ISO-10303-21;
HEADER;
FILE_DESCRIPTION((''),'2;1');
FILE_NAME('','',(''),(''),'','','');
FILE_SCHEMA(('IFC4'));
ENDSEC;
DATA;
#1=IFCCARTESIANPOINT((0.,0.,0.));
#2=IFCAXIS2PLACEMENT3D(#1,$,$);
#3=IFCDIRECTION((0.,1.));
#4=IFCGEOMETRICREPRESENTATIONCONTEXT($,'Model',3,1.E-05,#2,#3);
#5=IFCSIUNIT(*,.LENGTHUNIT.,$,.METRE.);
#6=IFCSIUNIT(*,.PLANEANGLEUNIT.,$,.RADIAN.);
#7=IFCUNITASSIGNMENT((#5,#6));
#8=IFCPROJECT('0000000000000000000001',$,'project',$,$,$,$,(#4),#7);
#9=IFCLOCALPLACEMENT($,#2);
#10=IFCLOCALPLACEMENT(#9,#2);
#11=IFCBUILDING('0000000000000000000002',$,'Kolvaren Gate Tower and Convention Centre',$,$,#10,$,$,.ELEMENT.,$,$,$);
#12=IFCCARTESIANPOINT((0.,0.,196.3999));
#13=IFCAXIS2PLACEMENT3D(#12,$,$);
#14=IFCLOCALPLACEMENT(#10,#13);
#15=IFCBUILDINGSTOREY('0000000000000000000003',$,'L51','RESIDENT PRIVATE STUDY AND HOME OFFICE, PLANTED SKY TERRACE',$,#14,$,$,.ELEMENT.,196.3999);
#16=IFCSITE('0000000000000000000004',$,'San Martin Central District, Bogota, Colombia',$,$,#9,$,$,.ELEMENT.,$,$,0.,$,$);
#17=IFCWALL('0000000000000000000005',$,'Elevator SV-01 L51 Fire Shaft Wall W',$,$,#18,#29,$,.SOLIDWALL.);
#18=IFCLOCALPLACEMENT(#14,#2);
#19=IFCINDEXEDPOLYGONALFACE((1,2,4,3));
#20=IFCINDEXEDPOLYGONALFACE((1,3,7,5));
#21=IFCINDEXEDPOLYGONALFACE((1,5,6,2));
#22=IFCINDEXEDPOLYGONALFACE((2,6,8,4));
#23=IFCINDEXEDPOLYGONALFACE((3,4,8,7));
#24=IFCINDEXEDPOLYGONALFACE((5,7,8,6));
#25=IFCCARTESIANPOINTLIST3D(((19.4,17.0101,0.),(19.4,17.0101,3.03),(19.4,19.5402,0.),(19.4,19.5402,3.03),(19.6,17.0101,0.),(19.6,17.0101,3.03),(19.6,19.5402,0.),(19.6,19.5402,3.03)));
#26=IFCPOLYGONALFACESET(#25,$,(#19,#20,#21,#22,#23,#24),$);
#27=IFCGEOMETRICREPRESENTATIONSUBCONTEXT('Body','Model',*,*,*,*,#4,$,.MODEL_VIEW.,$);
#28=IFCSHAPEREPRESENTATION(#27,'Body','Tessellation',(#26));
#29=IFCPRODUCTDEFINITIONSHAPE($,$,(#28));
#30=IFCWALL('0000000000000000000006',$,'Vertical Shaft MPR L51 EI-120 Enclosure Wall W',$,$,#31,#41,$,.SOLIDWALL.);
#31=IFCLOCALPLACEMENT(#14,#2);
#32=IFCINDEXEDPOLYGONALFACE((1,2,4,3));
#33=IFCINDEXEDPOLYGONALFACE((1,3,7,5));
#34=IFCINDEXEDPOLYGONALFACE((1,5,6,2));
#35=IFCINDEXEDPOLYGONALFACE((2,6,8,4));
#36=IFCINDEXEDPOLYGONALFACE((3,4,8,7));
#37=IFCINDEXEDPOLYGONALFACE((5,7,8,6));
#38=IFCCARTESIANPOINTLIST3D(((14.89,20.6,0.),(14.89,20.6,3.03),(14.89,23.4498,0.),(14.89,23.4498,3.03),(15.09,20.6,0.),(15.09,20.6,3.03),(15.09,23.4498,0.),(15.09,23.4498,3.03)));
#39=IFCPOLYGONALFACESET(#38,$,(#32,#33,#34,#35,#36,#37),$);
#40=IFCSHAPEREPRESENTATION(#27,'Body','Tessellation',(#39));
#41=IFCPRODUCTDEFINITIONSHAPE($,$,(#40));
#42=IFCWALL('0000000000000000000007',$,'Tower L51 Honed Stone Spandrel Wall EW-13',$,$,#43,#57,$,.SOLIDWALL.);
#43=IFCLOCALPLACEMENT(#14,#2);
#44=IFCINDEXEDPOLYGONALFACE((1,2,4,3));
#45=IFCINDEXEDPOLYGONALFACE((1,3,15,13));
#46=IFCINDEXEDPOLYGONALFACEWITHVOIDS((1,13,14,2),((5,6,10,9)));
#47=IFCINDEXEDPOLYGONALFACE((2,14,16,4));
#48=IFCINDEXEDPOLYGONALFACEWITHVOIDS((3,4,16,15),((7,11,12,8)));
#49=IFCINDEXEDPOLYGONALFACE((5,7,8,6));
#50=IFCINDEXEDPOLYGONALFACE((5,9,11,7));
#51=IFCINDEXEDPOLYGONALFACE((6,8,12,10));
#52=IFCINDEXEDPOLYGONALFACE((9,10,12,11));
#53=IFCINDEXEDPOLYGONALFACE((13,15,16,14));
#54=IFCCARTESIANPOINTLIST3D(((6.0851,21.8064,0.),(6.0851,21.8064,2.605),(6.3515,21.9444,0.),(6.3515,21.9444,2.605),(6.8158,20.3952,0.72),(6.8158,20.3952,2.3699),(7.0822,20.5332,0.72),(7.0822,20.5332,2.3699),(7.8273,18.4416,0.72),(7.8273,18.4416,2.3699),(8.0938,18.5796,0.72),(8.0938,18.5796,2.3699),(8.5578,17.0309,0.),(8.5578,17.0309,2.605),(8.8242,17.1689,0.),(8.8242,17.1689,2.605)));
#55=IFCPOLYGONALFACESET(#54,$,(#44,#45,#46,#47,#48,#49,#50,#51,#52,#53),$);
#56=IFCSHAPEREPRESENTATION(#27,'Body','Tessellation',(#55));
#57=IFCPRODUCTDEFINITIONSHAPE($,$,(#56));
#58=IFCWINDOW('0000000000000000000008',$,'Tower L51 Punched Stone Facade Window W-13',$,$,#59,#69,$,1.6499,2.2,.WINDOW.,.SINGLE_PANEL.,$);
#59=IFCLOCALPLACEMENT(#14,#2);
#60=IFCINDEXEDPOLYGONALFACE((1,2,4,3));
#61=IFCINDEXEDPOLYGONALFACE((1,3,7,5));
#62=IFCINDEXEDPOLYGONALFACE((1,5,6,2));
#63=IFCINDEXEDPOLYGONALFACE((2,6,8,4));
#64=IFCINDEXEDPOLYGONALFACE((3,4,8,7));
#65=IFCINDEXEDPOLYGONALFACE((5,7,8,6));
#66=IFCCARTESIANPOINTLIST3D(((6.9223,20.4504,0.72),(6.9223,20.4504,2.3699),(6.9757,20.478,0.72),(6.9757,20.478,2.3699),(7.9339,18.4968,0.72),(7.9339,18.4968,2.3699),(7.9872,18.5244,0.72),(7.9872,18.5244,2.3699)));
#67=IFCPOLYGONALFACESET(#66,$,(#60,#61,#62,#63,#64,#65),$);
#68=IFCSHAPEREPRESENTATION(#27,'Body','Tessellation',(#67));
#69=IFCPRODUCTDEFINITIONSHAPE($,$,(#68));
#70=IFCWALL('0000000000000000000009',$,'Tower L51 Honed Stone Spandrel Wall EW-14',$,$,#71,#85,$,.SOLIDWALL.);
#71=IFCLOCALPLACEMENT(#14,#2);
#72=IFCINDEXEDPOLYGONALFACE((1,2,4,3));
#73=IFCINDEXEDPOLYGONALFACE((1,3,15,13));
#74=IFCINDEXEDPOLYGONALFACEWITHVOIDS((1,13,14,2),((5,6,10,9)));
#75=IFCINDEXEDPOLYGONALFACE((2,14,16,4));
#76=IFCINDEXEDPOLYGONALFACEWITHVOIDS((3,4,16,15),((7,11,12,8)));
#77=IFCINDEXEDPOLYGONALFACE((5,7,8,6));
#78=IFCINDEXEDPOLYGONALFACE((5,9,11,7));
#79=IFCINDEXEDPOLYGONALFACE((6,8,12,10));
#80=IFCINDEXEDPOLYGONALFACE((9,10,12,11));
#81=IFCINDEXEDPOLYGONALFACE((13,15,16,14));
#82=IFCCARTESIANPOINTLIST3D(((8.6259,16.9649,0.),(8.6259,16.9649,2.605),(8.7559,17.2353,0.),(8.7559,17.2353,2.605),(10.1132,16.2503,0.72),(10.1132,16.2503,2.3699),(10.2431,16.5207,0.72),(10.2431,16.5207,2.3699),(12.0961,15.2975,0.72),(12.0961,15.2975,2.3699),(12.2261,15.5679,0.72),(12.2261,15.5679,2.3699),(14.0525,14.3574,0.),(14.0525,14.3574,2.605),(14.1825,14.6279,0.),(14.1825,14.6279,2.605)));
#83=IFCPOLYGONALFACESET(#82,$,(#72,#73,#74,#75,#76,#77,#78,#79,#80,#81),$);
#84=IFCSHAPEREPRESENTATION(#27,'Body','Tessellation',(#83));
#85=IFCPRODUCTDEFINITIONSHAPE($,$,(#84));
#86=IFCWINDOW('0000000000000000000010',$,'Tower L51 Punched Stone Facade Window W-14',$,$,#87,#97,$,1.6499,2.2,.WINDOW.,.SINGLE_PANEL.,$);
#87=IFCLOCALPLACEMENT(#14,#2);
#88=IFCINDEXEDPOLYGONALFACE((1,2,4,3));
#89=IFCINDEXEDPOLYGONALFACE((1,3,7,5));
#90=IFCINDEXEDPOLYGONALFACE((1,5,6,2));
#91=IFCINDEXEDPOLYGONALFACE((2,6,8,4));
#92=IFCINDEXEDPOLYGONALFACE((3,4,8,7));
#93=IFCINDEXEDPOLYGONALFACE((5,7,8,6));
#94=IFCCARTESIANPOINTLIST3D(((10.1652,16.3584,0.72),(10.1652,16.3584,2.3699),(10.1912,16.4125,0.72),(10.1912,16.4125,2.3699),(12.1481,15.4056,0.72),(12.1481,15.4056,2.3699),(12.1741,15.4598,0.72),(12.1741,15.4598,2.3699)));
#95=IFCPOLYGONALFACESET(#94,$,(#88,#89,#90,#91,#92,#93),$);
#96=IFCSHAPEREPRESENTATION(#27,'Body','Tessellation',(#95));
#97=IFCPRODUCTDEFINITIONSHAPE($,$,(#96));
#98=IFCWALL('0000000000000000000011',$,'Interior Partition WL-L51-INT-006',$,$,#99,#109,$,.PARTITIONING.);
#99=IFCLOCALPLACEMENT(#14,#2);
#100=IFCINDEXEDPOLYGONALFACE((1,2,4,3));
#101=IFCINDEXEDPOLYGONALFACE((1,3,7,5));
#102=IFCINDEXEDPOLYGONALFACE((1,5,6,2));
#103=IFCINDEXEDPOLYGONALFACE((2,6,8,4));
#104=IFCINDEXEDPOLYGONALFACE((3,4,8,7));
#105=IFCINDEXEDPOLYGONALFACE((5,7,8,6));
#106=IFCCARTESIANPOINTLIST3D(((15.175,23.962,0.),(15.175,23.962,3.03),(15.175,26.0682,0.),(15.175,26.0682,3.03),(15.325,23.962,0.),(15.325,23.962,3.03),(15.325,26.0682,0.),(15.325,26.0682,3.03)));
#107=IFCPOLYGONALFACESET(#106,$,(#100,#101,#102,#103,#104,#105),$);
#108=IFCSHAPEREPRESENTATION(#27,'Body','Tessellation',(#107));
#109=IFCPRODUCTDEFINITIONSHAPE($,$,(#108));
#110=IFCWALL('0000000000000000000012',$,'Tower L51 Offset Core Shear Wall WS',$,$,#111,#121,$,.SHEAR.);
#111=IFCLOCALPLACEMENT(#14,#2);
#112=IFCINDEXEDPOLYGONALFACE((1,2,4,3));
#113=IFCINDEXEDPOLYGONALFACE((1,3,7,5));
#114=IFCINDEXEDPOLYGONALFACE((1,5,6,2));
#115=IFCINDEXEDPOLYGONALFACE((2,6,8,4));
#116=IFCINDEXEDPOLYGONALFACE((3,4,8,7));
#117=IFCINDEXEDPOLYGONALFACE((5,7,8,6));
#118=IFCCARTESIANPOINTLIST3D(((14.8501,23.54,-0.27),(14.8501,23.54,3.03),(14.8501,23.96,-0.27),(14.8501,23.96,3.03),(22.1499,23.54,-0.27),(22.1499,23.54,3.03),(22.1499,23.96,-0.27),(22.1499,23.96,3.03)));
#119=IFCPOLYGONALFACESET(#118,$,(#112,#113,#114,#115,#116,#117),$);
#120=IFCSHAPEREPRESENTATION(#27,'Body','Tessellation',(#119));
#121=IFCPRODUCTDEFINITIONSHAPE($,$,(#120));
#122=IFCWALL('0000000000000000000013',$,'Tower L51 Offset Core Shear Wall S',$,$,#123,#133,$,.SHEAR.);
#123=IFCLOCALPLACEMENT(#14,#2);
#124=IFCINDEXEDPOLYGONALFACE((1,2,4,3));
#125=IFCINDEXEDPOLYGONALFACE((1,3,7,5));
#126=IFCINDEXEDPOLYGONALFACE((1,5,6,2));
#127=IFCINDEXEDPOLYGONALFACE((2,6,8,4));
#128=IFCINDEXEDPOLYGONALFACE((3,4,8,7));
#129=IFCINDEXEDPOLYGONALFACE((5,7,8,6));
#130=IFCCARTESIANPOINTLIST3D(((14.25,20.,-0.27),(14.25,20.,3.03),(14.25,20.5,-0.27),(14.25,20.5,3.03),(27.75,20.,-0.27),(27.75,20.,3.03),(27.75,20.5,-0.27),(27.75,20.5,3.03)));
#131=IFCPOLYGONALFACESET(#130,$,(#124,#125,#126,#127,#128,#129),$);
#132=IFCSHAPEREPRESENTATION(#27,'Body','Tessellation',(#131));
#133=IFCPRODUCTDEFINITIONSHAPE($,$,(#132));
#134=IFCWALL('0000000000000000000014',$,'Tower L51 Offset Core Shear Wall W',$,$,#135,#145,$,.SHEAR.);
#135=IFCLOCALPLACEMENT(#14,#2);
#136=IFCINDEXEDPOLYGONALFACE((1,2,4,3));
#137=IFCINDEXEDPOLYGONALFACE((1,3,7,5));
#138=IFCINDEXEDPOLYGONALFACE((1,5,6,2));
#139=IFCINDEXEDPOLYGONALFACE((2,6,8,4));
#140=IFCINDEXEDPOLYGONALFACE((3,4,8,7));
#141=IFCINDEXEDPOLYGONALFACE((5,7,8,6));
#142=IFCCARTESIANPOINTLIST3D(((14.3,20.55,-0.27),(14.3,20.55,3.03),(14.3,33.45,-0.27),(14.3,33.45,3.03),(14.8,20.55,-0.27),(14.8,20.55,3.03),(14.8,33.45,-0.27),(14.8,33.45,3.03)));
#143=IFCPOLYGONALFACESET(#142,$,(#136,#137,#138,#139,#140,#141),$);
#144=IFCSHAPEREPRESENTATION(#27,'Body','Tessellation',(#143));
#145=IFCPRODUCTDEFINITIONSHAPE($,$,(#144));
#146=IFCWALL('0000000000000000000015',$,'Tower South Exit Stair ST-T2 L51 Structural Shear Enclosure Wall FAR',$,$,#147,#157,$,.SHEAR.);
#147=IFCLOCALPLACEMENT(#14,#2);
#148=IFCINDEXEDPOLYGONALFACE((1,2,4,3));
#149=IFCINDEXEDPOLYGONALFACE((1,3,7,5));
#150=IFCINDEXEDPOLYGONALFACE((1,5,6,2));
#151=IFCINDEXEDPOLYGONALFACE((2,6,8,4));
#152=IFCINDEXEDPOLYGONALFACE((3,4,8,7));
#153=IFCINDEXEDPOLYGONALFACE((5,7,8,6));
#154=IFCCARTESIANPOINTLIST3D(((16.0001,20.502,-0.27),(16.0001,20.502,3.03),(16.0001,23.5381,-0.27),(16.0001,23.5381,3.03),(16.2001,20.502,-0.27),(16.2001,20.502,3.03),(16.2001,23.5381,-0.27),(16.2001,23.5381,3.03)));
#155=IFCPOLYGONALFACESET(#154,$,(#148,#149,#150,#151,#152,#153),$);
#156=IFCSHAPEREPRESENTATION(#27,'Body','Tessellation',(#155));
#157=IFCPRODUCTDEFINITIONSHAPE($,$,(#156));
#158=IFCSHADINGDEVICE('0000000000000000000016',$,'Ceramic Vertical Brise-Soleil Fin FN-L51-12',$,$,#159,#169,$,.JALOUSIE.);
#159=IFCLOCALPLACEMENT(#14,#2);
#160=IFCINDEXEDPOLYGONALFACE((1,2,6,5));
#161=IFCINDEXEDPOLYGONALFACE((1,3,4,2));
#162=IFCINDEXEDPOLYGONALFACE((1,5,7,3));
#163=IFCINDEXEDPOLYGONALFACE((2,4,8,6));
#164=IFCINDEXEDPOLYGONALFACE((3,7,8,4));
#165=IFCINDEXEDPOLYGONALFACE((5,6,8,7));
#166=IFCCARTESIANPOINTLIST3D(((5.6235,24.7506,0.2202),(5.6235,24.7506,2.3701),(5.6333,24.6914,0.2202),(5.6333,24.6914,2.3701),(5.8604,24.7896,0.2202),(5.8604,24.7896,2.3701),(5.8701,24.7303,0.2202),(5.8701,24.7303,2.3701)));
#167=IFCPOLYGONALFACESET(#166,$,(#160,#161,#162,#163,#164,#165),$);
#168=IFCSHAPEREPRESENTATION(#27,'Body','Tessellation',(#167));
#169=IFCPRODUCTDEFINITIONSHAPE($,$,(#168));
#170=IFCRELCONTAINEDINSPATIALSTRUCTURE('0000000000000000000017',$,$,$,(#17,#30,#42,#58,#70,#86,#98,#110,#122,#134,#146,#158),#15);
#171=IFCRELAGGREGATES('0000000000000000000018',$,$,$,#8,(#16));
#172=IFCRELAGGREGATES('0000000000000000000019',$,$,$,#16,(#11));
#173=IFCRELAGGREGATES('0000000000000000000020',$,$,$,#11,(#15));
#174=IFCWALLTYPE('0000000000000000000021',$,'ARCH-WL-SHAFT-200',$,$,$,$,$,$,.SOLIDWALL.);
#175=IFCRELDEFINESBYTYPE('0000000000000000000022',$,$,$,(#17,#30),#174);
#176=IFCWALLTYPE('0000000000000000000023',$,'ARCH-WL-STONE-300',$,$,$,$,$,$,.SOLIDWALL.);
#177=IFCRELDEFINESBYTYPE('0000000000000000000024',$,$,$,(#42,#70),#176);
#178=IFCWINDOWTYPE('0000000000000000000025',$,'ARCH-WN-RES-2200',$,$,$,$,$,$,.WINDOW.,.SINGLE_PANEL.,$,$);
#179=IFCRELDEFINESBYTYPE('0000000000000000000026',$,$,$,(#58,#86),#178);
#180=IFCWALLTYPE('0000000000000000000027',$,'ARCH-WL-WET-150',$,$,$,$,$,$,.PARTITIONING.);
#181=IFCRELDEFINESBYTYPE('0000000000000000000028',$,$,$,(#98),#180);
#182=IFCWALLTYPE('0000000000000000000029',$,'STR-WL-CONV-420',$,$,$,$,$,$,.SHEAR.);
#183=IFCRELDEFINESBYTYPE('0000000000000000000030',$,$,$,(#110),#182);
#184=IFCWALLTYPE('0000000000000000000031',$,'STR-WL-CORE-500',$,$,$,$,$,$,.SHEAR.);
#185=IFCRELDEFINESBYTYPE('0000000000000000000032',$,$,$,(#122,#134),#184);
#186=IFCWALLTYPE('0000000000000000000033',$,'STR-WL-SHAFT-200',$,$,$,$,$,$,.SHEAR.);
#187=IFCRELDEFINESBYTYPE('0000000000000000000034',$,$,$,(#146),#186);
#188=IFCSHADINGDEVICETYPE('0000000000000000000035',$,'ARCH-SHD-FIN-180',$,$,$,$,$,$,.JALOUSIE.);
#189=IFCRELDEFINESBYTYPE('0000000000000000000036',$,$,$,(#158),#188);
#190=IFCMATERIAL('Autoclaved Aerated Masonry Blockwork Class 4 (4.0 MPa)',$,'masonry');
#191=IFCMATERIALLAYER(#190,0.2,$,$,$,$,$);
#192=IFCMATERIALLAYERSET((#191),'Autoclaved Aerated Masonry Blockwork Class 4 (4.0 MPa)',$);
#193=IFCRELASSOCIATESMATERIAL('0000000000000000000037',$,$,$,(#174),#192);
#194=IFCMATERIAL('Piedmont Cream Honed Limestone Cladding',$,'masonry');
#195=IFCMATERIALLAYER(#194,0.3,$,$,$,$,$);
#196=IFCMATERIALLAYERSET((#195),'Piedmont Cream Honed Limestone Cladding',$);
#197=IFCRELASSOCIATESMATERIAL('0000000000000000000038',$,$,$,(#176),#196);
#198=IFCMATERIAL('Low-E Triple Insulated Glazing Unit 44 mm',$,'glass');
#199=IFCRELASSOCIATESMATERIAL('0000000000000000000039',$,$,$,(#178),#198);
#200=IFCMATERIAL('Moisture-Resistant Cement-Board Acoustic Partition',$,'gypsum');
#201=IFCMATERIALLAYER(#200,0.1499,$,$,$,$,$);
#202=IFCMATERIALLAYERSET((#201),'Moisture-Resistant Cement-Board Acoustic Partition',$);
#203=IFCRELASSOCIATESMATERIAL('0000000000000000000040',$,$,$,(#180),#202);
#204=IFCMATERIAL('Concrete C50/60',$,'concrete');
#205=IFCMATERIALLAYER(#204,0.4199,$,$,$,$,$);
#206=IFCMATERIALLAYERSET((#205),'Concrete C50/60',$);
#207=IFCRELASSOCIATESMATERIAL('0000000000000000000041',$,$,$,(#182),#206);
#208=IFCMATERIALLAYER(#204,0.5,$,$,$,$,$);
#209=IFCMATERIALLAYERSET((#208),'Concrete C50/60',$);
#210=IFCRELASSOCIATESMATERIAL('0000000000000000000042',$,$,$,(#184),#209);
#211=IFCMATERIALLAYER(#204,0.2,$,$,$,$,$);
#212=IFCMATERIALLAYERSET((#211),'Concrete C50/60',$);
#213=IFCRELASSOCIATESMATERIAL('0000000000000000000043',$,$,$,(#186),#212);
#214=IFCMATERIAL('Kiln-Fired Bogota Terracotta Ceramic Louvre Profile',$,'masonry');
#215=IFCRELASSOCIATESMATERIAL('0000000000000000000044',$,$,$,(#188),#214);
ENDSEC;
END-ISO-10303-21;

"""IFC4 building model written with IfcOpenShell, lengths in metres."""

from ifc_helpers import new_model, si_unit, direction, frame, frame_2d, origin, origin_2d, place, context, subcontext, project, spatial, rectangle, extrude, material, layer, layer_set, type_object, element, fill, save


model = new_model("IFC4")

# Units and contexts
model_context = context("Model", 3, precision=1e-05, world=origin(), true_north=direction((0.0, 1.0)))
body_context = subcontext(model_context, "Body", "Model", "MODEL_VIEW")
ifc_project = project(units=[si_unit("LENGTHUNIT", "METRE"), si_unit("PLANEANGLEUNIT", "RADIAN")], contexts=[model_context])

# Site, building, storey
site_placement = place(None, origin())
site = spatial("IfcSite", under=ifc_project, at=site_placement, Name="San Martin Central District, Bogota, Colombia", CompositionType="ELEMENT", RefElevation=0.0)
building_placement = place(site_placement, origin())
building = spatial("IfcBuilding", under=site, at=building_placement, Name="Kolvaren Gate Tower and Convention Centre", CompositionType="ELEMENT")
storey_placement = place(building_placement, frame((0.0, 0.0, 196.3999)))
storey = spatial("IfcBuildingStorey", under=building, at=storey_placement, Name="L51", Description="RESIDENT PRIVATE STUDY AND HOME OFFICE, PLANTED SKY TERRACE", CompositionType="ELEMENT", Elevation=196.3999)

# Shared definitions
ifc_material_1 = material(Name="Autoclaved Aerated Masonry Blockwork Class 4 (4.0 MPa)", Category="masonry")
ifc_layer_1 = layer(ifc_material_1, 0.2)
ifc_layer_set_1 = layer_set([ifc_layer_1], Name="Autoclaved Aerated Masonry Blockwork Class 4 (4.0 MPa)")
wall_type_1 = type_object("IfcWallType", Name="ARCH-WL-SHAFT-200", PredefinedType="SOLIDWALL", material=ifc_layer_set_1)

# Walls
wall_1_placement = place(storey_placement, frame((19.5, 17.01, 0.0), z_axis=(0.0, 0.0, 1.0), x_axis=(0.0, 1.0, 0.0)))
element("IfcWall", 1, at=wall_1_placement, inside=storey, type_object=wall_type_1, Name="Elevator SV-01 L51 Fire Shaft Wall W", PredefinedType="SOLIDWALL", context=body_context, shape_type="SweptSolid", body=[
    extrude(rectangle(XDim=2.53, YDim=0.2, at=frame_2d((1.2651, 0.0))), origin(), (0.0, 0.0, 1.0), 3.03),
])
wall_2_placement = place(storey_placement, frame((14.99, 20.6001, 0.0), z_axis=(0.0, 0.0, 1.0), x_axis=(0.0, 1.0, 0.0)))
element("IfcWall", 2, at=wall_2_placement, inside=storey, type_object=wall_type_1, Name="Vertical Shaft MPR L51 EI-120 Enclosure Wall W", PredefinedType="SOLIDWALL", context=body_context, shape_type="SweptSolid", body=[
    extrude(rectangle(XDim=2.8499, YDim=0.2, at=frame_2d((1.4248, 0.0))), origin(), (0.0, 0.0, 1.0), 3.03),
])

# Walls, openings, windows
ifc_material_2 = material(Name="Piedmont Cream Honed Limestone Cladding", Category="masonry")
ifc_layer_2 = layer(ifc_material_2, 0.3)
ifc_layer_set_2 = layer_set([ifc_layer_2], Name="Piedmont Cream Honed Limestone Cladding")
wall_type_2 = type_object("IfcWallType", Name="ARCH-WL-STONE-300", PredefinedType="SOLIDWALL", material=ifc_layer_set_2)
wall_3_placement = place(storey_placement, frame((6.2183, 21.8755, 0.0), z_axis=(0.0, 0.0, 1.0), x_axis=(0.459808, -0.888018, 0.0)))
wall_3 = element("IfcWall", 3, at=wall_3_placement, inside=storey, type_object=wall_type_2, Name="Tower L51 Honed Stone Spandrel Wall EW-13", PredefinedType="SOLIDWALL", context=body_context, shape_type="SweptSolid", body=[
    extrude(rectangle(XDim=5.3777, YDim=0.3, at=frame_2d((2.689, 0.0))), origin(), (0.0, 0.0, 1.0), 2.605),
])
opening_1_placement = place(wall_3_placement, frame((1.5891, 0.0, 0.72)))
opening_1 = element("IfcOpeningElement", 4, at=opening_1_placement, cuts=wall_3, PredefinedType="OPENING", context=body_context, shape_type="SweptSolid", body=[
    extrude(rectangle(XDim=2.2, YDim=1.6499, at=frame_2d((1.1001, 0.825))), frame((0.0, 0.1599, 0.0), z_axis=(0.0, -1.0, 0.0), x_axis=(1.0, 0.0, 0.0)), (0.0, 0.0, 1.0), 0.3201),
])
ifc_material_3 = material(Name="Low-E Triple Insulated Glazing Unit 44 mm", Category="glass")
window_type = type_object("IfcWindowType", Name="ARCH-WN-RES-2200", PartitioningType="SINGLE_PANEL", PredefinedType="WINDOW", material=ifc_material_3)
window_1_placement = place(opening_1_placement, origin())
window_1 = element("IfcWindow", 5, at=window_1_placement, inside=storey, type_object=window_type, Name="Tower L51 Punched Stone Facade Window W-13", OverallHeight=1.6499, OverallWidth=2.2, PartitioningType="SINGLE_PANEL", PredefinedType="WINDOW", context=body_context, shape_type="SweptSolid", body=[
    extrude(rectangle(XDim=2.2, YDim=1.6499, at=frame_2d((1.1001, 0.825))), frame((0.0, 0.03, 0.0), z_axis=(0.0, -1.0, 0.0), x_axis=(1.0, 0.0, 0.0)), (0.0, 0.0, 1.0), 0.0601),
])
fill(opening_1, window_1)
wall_4_placement = place(storey_placement, frame((8.6909, 17.1001, 0.0), z_axis=(0.0, 0.0, 1.0), x_axis=(0.901348, -0.433095, 0.0)))
wall_4 = element("IfcWall", 6, at=wall_4_placement, inside=storey, type_object=wall_type_2, Name="Tower L51 Honed Stone Spandrel Wall EW-14", PredefinedType="SOLIDWALL", context=body_context, shape_type="SweptSolid", body=[
    extrude(rectangle(XDim=6.0205, YDim=0.3, at=frame_2d((3.0103, 0.0))), origin(), (0.0, 0.0, 1.0), 2.605),
])
opening_2_placement = place(wall_4_placement, frame((1.6499, 0.0, 0.72)))
opening_2 = element("IfcOpeningElement", 7, at=opening_2_placement, cuts=wall_4, PredefinedType="OPENING", context=body_context, shape_type="SweptSolid", body=[
    extrude(rectangle(XDim=2.2, YDim=1.6499, at=frame_2d((1.1001, 0.825))), frame((0.0, 0.1599, 0.0), z_axis=(0.0, -1.0, 0.0), x_axis=(1.0, 0.0, 0.0)), (0.0, 0.0, 1.0), 0.3201),
])
window_2_placement = place(opening_2_placement, origin())
window_2 = element("IfcWindow", 8, at=window_2_placement, inside=storey, type_object=window_type, Name="Tower L51 Punched Stone Facade Window W-14", OverallHeight=1.6499, OverallWidth=2.2, PartitioningType="SINGLE_PANEL", PredefinedType="WINDOW", context=body_context, shape_type="SweptSolid", body=[
    extrude(rectangle(XDim=2.2, YDim=1.6499, at=frame_2d((1.1001, 0.825))), frame((0.0, 0.03, 0.0), z_axis=(0.0, -1.0, 0.0), x_axis=(1.0, 0.0, 0.0)), (0.0, 0.0, 1.0), 0.0601),
])
fill(opening_2, window_2)

# Walls
ifc_material_4 = material(Name="Moisture-Resistant Cement-Board Acoustic Partition", Category="gypsum")
ifc_layer_3 = layer(ifc_material_4, 0.1499)
ifc_layer_set_3 = layer_set([ifc_layer_3], Name="Moisture-Resistant Cement-Board Acoustic Partition")
wall_type_3 = type_object("IfcWallType", Name="ARCH-WL-WET-150", PredefinedType="PARTITIONING", material=ifc_layer_set_3)
wall_5_placement = place(storey_placement, frame((15.25, 23.9619, 0.0), z_axis=(0.0, 0.0, 1.0), x_axis=(0.0, 1.0, 0.0)))
element("IfcWall", 9, at=wall_5_placement, inside=storey, type_object=wall_type_3, Name="Interior Partition WL-L51-INT-006", PredefinedType="PARTITIONING", context=body_context, shape_type="SweptSolid", body=[
    extrude(rectangle(XDim=2.1062, YDim=0.1499, at=frame_2d((1.0532, 0.0))), origin(), (0.0, 0.0, 1.0), 3.03),
])
ifc_material_5 = material(Name="Concrete C50/60", Category="concrete")
ifc_layer_4 = layer(ifc_material_5, 0.4199)
ifc_layer_set_4 = layer_set([ifc_layer_4], Name="Concrete C50/60")
wall_type_4 = type_object("IfcWallType", Name="STR-WL-CONV-420", PredefinedType="SHEAR", material=ifc_layer_set_4)
wall_6_placement = place(storey_placement, frame((14.8501, 23.75, -0.27), z_axis=(0.0, 0.0, 1.0), x_axis=(1.0, 0.0, 0.0)))
element("IfcWall", 10, at=wall_6_placement, inside=storey, type_object=wall_type_4, Name="Tower L51 Offset Core Shear Wall WS", PredefinedType="SHEAR", context=body_context, shape_type="SweptSolid", body=[
    extrude(rectangle(XDim=7.2998, YDim=0.4199, at=frame_2d((3.6499, 0.0))), origin(), (0.0, 0.0, 1.0), 3.3),
])
ifc_layer_5 = layer(ifc_material_5, 0.5)
ifc_layer_set_5 = layer_set([ifc_layer_5], Name="Concrete C50/60")
wall_type_5 = type_object("IfcWallType", Name="STR-WL-CORE-500", PredefinedType="SHEAR", material=ifc_layer_set_5)
wall_7_placement = place(storey_placement, frame((14.25, 20.25, -0.27), z_axis=(0.0, 0.0, 1.0), x_axis=(1.0, 0.0, 0.0)))
element("IfcWall", 11, at=wall_7_placement, inside=storey, type_object=wall_type_5, Name="Tower L51 Offset Core Shear Wall S", PredefinedType="SHEAR", context=body_context, shape_type="SweptSolid", body=[
    extrude(rectangle(XDim=13.5, YDim=0.5, at=frame_2d((6.75, 0.0))), origin(), (0.0, 0.0, 1.0), 3.3),
])
wall_8_placement = place(storey_placement, frame((14.55, 20.55, -0.27), z_axis=(0.0, 0.0, 1.0), x_axis=(0.0, 1.0, 0.0)))
element("IfcWall", 12, at=wall_8_placement, inside=storey, type_object=wall_type_5, Name="Tower L51 Offset Core Shear Wall W", PredefinedType="SHEAR", context=body_context, shape_type="SweptSolid", body=[
    extrude(rectangle(XDim=12.8999, YDim=0.5, at=frame_2d((6.45, 0.0))), origin(), (0.0, 0.0, 1.0), 3.3),
])
ifc_layer_6 = layer(ifc_material_5, 0.2)
ifc_layer_set_6 = layer_set([ifc_layer_6], Name="Concrete C50/60")
wall_type_6 = type_object("IfcWallType", Name="STR-WL-SHAFT-200", PredefinedType="SHEAR", material=ifc_layer_set_6)
wall_9_placement = place(storey_placement, frame((16.1001, 20.502, -0.27), z_axis=(0.0, 0.0, 1.0), x_axis=(0.0, 1.0, 0.0)))
element("IfcWall", 13, at=wall_9_placement, inside=storey, type_object=wall_type_6, Name="Tower South Exit Stair ST-T2 L51 Structural Shear Enclosure Wall FAR", PredefinedType="SHEAR", context=body_context, shape_type="SweptSolid", body=[
    extrude(rectangle(XDim=3.0361, YDim=0.2, at=frame_2d((1.5181, 0.0))), origin(), (0.0, 0.0, 1.0), 3.3),
])

# Shading device
ifc_material_6 = material(Name="Kiln-Fired Bogota Terracotta Ceramic Louvre Profile", Category="masonry")
shading_device_type = type_object("IfcShadingDeviceType", Name="ARCH-SHD-FIN-180", PredefinedType="JALOUSIE", material=ifc_material_6)
shading_device_placement = place(storey_placement, frame((5.7468, 24.7405, 0.2202), z_axis=(0.0, 0.0, 1.0), x_axis=(0.162375, -0.986729, 0.0)))
element("IfcShadingDevice", 14, at=shading_device_placement, inside=storey, type_object=shading_device_type, Name="Ceramic Vertical Brise-Soleil Fin FN-L51-12", PredefinedType="JALOUSIE", context=body_context, shape_type="SweptSolid", body=[
    extrude(rectangle(XDim=0.0601, YDim=0.24, at=origin_2d()), origin(), (0.0, 0.0, 1.0), 2.1499),
])

save(model, "model.ifc")
